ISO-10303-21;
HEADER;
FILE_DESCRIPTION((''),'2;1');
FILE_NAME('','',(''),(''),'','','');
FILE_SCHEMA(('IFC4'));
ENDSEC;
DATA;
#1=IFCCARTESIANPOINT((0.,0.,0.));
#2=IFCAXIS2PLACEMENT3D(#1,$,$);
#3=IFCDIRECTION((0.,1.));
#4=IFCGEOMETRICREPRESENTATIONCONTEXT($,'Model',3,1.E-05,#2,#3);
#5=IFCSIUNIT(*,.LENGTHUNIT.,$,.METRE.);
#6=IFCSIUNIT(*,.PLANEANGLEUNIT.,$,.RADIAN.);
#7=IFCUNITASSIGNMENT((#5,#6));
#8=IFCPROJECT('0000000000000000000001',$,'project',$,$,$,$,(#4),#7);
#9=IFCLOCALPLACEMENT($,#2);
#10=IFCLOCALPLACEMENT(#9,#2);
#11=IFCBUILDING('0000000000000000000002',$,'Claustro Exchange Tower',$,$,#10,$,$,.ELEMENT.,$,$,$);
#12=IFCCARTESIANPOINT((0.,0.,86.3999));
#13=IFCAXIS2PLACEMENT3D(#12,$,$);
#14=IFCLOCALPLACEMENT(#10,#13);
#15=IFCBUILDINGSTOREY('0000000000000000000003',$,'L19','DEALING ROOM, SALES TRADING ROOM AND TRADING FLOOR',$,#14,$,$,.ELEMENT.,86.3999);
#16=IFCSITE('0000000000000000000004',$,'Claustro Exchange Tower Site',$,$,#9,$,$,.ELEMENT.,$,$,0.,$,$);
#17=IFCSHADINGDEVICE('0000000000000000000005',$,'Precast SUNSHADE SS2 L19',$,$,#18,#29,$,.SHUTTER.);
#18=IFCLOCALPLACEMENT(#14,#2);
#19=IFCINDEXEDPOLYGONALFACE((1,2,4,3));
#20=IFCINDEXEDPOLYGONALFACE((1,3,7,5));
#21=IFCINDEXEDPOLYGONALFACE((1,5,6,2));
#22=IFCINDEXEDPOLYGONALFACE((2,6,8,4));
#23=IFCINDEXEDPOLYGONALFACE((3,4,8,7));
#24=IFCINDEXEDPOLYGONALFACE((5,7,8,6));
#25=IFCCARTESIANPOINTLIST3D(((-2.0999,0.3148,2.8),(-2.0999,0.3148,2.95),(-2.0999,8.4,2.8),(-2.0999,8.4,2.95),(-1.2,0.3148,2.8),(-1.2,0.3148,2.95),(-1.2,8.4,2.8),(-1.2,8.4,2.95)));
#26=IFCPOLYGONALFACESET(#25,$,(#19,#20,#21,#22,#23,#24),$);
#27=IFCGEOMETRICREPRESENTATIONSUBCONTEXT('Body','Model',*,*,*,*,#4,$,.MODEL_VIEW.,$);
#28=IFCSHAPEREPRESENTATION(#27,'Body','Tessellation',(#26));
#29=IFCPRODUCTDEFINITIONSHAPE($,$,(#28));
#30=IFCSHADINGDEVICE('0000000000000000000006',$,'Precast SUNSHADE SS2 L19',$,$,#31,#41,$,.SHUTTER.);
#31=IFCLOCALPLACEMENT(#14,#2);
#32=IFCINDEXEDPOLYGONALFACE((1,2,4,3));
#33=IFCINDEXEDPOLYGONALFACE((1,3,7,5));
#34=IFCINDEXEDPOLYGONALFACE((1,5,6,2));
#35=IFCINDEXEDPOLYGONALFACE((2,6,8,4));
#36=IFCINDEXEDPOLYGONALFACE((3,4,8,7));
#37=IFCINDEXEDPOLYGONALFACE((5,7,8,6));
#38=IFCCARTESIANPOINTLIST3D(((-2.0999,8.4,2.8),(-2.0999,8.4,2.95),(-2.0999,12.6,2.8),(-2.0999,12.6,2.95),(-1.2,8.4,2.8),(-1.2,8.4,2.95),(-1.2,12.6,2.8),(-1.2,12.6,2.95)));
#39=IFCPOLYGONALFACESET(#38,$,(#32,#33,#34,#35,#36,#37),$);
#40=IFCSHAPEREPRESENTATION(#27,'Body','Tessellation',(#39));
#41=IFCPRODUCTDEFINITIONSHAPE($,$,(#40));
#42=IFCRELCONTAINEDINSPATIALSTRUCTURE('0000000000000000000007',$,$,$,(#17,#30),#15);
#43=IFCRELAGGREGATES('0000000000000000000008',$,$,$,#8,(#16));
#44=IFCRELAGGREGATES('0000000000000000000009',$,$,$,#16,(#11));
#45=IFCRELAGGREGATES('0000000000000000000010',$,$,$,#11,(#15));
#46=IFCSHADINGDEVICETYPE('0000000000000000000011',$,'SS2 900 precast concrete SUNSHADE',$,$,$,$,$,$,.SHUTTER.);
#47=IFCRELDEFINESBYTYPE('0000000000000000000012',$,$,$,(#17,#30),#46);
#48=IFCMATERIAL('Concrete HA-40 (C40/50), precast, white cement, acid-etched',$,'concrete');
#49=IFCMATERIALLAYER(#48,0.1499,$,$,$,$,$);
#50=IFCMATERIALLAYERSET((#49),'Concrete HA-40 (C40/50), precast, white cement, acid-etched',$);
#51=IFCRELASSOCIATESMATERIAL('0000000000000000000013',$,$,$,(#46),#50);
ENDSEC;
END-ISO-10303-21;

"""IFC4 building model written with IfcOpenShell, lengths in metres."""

from ifc_helpers import new_model, si_unit, direction, frame, origin, origin_2d, place, context, subcontext, project, spatial, rectangle, extrude, material, layer, layer_set, type_object, element, save


model = new_model("IFC4")

# Units and contexts
model_context = context("Model", 3, precision=1e-05, world=origin(), true_north=direction((0.0, 1.0)))
body_context = subcontext(model_context, "Body", "Model", "MODEL_VIEW")
ifc_project = project(units=[si_unit("LENGTHUNIT", "METRE"), si_unit("PLANEANGLEUNIT", "RADIAN")], contexts=[model_context])

# Site, building, storey
site_placement = place(None, origin())
site = spatial("IfcSite", under=ifc_project, at=site_placement, Name="Claustro Exchange Tower Site", CompositionType="ELEMENT", RefElevation=0.0)
building_placement = place(site_placement, origin())
building = spatial("IfcBuilding", under=site, at=building_placement, Name="Claustro Exchange Tower", CompositionType="ELEMENT")
storey_placement = place(building_placement, frame((0.0, 0.0, 86.3999)))
storey = spatial("IfcBuildingStorey", under=building, at=storey_placement, Name="L19", Description="DEALING ROOM, SALES TRADING ROOM AND TRADING FLOOR", CompositionType="ELEMENT", Elevation=86.3999)

# Shading devices
ifc_material_1 = material(Name="Concrete HA-40 (C40/50), precast, white cement, acid-etched", Category="concrete")
ifc_layer_1 = layer(ifc_material_1, 0.1499)
ifc_layer_set_1 = layer_set([ifc_layer_1], Name="Concrete HA-40 (C40/50), precast, white cement, acid-etched")
shading_device_type = type_object("IfcShadingDeviceType", Name="SS2 900 precast concrete SUNSHADE", PredefinedType="SHUTTER", material=ifc_layer_set_1)
shading_device_1_placement = place(storey_placement, frame((-1.6499, 4.3574, 2.8), z_axis=(0.0, 0.0, 1.0), x_axis=(0.0, 1.0, 0.0)))
element("IfcShadingDevice", 1, at=shading_device_1_placement, inside=storey, type_object=shading_device_type, Name="Precast SUNSHADE SS2 L19", PredefinedType="SHUTTER", context=body_context, shape_type="SweptSolid", body=[
    extrude(rectangle(XDim=8.0852, YDim=0.8999, at=origin_2d()), origin(), (0.0, 0.0, 1.0), 0.1499),
])
shading_device_2_placement = place(storey_placement, frame((-1.6499, 10.5, 2.8), z_axis=(0.0, 0.0, 1.0), x_axis=(0.0, 1.0, 0.0)))
element("IfcShadingDevice", 2, at=shading_device_2_placement, inside=storey, type_object=shading_device_type, Name="Precast SUNSHADE SS2 L19", PredefinedType="SHUTTER", context=body_context, shape_type="SweptSolid", body=[
    extrude(rectangle(XDim=4.2, YDim=0.8999, at=origin_2d()), origin(), (0.0, 0.0, 1.0), 0.1499),
])

save(model, "model.ifc")
